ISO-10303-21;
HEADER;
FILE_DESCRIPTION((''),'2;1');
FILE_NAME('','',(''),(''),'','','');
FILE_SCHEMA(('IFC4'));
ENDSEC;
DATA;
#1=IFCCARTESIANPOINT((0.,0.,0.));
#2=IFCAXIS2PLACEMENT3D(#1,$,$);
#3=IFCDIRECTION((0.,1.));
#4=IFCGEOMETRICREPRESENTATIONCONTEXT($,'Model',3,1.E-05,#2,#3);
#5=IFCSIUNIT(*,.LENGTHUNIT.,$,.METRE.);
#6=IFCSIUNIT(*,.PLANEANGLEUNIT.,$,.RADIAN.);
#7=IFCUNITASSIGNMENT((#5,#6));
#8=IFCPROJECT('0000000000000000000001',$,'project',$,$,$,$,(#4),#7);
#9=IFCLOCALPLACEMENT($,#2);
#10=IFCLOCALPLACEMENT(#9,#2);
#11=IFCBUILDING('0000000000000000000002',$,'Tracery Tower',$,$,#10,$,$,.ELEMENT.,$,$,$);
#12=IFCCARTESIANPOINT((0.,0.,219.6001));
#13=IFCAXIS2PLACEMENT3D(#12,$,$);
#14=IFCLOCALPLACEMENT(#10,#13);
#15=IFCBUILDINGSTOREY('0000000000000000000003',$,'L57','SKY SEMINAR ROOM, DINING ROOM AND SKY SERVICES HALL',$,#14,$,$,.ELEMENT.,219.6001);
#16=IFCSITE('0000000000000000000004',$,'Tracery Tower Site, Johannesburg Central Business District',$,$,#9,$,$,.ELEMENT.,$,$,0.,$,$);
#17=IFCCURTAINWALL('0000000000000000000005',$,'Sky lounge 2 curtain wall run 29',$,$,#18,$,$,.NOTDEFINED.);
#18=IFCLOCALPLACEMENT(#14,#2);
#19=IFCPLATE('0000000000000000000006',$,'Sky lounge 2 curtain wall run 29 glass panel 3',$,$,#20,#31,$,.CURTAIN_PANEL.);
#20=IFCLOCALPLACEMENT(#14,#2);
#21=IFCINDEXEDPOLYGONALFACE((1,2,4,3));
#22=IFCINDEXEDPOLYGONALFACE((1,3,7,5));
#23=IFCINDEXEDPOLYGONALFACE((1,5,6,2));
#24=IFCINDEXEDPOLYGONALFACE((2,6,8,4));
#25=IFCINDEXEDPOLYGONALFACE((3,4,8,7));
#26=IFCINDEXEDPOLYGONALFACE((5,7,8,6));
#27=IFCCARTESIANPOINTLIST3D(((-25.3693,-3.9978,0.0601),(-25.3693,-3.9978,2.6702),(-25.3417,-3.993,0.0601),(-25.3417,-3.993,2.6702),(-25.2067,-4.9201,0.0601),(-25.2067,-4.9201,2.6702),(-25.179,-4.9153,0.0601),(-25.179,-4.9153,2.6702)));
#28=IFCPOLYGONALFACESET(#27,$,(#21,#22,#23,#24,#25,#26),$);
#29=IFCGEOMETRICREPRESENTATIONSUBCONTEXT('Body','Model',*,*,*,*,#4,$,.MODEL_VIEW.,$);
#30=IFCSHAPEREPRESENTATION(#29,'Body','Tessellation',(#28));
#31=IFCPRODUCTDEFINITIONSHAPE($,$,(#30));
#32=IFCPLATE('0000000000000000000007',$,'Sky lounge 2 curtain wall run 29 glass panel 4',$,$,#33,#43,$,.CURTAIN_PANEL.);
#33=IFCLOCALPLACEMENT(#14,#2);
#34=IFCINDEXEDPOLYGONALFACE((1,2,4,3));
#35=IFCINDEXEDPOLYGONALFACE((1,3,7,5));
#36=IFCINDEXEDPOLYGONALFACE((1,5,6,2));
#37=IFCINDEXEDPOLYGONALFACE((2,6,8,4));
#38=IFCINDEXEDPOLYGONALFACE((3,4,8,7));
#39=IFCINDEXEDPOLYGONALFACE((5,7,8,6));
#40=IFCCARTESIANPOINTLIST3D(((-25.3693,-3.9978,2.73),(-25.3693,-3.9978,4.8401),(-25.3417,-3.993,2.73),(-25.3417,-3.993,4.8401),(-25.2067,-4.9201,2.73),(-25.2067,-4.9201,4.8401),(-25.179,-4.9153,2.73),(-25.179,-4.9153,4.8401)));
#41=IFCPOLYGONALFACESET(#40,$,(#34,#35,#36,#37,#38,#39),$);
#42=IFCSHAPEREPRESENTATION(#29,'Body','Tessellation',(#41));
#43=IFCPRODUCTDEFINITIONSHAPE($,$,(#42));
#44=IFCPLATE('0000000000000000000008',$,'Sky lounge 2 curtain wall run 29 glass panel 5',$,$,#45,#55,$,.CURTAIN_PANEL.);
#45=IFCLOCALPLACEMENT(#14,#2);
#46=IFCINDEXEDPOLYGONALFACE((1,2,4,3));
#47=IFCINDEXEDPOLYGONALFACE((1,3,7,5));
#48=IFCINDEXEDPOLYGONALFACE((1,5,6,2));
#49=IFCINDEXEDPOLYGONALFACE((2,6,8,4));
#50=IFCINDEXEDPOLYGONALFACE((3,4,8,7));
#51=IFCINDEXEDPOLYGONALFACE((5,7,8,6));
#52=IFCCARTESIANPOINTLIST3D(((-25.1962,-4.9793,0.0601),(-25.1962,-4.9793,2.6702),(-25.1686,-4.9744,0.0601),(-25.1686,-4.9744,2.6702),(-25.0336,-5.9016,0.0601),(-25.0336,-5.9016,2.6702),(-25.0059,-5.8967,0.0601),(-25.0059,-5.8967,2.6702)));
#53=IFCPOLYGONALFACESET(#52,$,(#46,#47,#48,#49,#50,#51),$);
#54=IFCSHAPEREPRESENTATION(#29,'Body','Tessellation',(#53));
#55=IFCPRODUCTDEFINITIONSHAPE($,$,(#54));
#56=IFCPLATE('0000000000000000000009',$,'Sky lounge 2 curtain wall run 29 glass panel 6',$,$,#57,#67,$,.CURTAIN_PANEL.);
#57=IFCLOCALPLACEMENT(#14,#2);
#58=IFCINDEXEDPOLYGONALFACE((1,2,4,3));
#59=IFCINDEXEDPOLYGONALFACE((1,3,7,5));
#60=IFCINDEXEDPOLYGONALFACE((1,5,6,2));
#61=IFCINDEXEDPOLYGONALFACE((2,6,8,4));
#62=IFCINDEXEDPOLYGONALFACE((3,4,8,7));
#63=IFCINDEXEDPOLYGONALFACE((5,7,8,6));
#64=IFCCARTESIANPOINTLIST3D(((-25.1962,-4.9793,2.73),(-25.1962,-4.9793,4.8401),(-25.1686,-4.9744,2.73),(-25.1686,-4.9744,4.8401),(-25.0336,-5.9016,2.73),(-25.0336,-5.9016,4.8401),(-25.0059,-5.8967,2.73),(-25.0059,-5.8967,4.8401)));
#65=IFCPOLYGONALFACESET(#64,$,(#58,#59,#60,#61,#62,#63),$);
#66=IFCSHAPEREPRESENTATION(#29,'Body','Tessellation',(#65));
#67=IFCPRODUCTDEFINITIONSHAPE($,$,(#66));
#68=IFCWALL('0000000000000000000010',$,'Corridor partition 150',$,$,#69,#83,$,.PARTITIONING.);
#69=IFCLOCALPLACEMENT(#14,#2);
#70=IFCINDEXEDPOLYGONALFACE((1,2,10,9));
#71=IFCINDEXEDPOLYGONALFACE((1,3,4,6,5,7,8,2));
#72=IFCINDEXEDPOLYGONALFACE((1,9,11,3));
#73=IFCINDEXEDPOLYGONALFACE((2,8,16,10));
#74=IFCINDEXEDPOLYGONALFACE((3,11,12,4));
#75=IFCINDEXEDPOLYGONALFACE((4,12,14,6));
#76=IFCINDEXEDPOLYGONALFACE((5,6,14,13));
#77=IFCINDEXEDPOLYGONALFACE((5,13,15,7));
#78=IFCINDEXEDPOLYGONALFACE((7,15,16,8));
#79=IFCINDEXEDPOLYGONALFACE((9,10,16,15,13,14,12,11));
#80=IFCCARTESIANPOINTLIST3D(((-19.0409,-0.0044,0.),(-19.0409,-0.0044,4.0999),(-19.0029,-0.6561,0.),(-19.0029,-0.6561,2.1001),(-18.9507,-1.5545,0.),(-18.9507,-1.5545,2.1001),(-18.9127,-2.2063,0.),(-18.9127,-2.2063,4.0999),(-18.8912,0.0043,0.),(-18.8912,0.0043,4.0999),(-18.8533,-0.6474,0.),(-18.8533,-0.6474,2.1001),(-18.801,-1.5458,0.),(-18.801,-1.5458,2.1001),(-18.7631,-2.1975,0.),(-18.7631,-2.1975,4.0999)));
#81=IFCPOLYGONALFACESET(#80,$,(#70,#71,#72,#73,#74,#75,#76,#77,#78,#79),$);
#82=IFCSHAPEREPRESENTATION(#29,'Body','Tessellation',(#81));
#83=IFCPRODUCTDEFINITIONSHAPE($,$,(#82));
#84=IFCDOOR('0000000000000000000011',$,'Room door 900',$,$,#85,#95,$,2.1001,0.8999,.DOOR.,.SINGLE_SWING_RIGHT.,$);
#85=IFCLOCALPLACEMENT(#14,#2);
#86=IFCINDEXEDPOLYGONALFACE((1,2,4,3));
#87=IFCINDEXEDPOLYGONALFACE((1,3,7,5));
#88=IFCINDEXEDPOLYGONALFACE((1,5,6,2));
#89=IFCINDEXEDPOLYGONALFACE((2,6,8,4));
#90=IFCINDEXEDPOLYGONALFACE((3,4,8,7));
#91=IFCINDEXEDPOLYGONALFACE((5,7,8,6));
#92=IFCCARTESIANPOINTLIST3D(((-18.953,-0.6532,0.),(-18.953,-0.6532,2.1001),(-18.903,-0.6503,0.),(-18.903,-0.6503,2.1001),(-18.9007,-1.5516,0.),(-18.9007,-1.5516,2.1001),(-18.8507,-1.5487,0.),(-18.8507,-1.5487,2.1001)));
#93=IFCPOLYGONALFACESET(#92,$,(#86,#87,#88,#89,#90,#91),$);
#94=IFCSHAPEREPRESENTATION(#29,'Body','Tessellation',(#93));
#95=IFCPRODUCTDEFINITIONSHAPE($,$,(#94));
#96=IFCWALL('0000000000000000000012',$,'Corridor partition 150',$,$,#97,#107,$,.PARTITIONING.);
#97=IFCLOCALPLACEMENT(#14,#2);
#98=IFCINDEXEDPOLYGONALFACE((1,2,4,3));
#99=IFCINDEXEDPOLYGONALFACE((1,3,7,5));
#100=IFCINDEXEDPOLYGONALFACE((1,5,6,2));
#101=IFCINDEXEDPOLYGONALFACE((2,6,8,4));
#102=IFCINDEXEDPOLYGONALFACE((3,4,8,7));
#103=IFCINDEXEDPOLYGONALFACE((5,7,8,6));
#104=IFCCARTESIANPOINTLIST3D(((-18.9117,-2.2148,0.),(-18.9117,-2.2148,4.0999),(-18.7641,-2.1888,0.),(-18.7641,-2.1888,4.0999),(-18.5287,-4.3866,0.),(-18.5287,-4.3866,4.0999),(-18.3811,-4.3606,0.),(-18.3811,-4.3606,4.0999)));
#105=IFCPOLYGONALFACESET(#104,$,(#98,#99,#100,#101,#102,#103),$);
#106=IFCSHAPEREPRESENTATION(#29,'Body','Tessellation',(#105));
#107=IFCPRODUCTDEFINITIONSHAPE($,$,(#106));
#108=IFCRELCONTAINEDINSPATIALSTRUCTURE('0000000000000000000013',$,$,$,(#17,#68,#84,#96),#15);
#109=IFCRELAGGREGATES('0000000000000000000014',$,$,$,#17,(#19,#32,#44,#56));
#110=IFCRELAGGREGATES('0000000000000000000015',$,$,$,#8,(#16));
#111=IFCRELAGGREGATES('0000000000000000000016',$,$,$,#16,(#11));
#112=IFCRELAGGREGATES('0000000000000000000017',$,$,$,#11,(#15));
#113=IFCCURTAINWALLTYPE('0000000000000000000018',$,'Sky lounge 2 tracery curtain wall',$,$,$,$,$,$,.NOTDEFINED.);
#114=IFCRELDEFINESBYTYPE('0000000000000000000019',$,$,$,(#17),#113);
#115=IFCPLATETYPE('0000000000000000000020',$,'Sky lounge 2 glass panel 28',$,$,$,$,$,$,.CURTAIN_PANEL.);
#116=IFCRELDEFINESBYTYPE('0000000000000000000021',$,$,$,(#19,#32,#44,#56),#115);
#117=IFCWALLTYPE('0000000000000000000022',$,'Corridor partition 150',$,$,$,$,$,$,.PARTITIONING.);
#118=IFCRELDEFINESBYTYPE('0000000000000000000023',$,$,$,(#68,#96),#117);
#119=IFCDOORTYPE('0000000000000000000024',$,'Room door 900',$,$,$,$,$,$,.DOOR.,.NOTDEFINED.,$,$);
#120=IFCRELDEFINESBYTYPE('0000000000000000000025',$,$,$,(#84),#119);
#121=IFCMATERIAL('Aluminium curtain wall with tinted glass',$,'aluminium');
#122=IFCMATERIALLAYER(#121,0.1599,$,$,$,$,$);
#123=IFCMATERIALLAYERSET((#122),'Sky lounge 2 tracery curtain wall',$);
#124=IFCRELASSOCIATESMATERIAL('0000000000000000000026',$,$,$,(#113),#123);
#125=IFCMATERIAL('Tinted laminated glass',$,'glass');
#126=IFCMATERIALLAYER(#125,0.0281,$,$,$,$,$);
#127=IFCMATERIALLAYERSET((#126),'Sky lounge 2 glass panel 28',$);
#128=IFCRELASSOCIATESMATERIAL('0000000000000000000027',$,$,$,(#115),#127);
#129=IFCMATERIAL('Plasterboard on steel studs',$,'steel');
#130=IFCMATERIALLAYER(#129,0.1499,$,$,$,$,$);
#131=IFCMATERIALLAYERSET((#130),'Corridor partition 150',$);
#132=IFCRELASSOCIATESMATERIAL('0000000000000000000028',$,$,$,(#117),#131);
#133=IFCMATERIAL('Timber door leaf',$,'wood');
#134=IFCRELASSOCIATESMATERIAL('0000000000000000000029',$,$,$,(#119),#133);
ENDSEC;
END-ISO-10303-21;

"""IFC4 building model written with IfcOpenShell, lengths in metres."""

from ifc_helpers import new_model, si_unit, direction, frame, frame_2d, origin, origin_2d, place, context, subcontext, project, spatial, rectangle, extrude, material, layer, layer_set, type_object, element, fill, aggregate, save


model = new_model("IFC4")

# Units and contexts
model_context = context("Model", 3, precision=1e-05, world=origin(), true_north=direction((0.0, 1.0)))
body_context = subcontext(model_context, "Body", "Model", "MODEL_VIEW")
ifc_project = project(units=[si_unit("LENGTHUNIT", "METRE"), si_unit("PLANEANGLEUNIT", "RADIAN")], contexts=[model_context])

# Site, building, storey
site_placement = place(None, origin())
site = spatial("IfcSite", under=ifc_project, at=site_placement, Name="Tracery Tower Site, Johannesburg Central Business District", CompositionType="ELEMENT", RefElevation=0.0)
building_placement = place(site_placement, origin())
building = spatial("IfcBuilding", under=site, at=building_placement, Name="Tracery Tower", CompositionType="ELEMENT")
storey_placement = place(building_placement, frame((0.0, 0.0, 219.6001)))
storey = spatial("IfcBuildingStorey", under=building, at=storey_placement, Name="L57", Description="SKY SEMINAR ROOM, DINING ROOM AND SKY SERVICES HALL", CompositionType="ELEMENT", Elevation=219.6001)

# Curtain wall
ifc_material_1 = material(Name="Aluminium curtain wall with tinted glass", Category="aluminium")
ifc_layer_1 = layer(ifc_material_1, 0.1599)
ifc_layer_set_1 = layer_set([ifc_layer_1], Name="Sky lounge 2 tracery curtain wall")
curtain_wall_type = type_object("IfcCurtainWallType", Name="Sky lounge 2 tracery curtain wall", PredefinedType="NOTDEFINED", material=ifc_layer_set_1)
curtain_wall_1_placement = place(storey_placement, origin())
curtain_wall_1 = element("IfcCurtainWall", 1, at=curtain_wall_1_placement, inside=storey, type_object=curtain_wall_type, Name="Sky lounge 2 curtain wall run 29", PredefinedType="NOTDEFINED")

# Plates
ifc_material_2 = material(Name="Tinted laminated glass", Category="glass")
ifc_layer_2 = layer(ifc_material_2, 0.0281)
ifc_layer_set_2 = layer_set([ifc_layer_2], Name="Sky lounge 2 glass panel 28")
plate_type = type_object("IfcPlateType", Name="Sky lounge 2 glass panel 28", PredefinedType="CURTAIN_PANEL", material=ifc_layer_set_2)
plate_1_placement = place(storey_placement, frame((-25.2742, -4.4565, 0.0601), z_axis=(0.0, 0.0, 1.0), x_axis=(0.173648, -0.984808, 0.0)))
plate_1 = element("IfcPlate", 2, at=plate_1_placement, type_object=plate_type, Name="Sky lounge 2 curtain wall run 29 glass panel 3", PredefinedType="CURTAIN_PANEL", context=body_context, shape_type="SweptSolid", body=[
    extrude(rectangle(XDim=0.9365, YDim=0.0281, at=origin_2d()), origin(), (0.0, 0.0, 1.0), 2.6101),
])
plate_2_placement = place(storey_placement, frame((-25.2742, -4.4565, 2.73), z_axis=(0.0, 0.0, 1.0), x_axis=(0.173648, -0.984808, 0.0)))
plate_2 = element("IfcPlate", 3, at=plate_2_placement, type_object=plate_type, Name="Sky lounge 2 curtain wall run 29 glass panel 4", PredefinedType="CURTAIN_PANEL", context=body_context, shape_type="SweptSolid", body=[
    extrude(rectangle(XDim=0.9365, YDim=0.0281, at=origin_2d()), origin(), (0.0, 0.0, 1.0), 2.1101),
])
plate_3_placement = place(storey_placement, frame((-25.1011, -5.438, 0.0601), z_axis=(0.0, 0.0, 1.0), x_axis=(0.173648, -0.984808, 0.0)))
plate_3 = element("IfcPlate", 4, at=plate_3_placement, type_object=plate_type, Name="Sky lounge 2 curtain wall run 29 glass panel 5", PredefinedType="CURTAIN_PANEL", context=body_context, shape_type="SweptSolid", body=[
    extrude(rectangle(XDim=0.9365, YDim=0.0281, at=origin_2d()), origin(), (0.0, 0.0, 1.0), 2.6101),
])
plate_4_placement = place(storey_placement, frame((-25.1011, -5.438, 2.73), z_axis=(0.0, 0.0, 1.0), x_axis=(0.173648, -0.984808, 0.0)))
plate_4 = element("IfcPlate", 5, at=plate_4_placement, type_object=plate_type, Name="Sky lounge 2 curtain wall run 29 glass panel 6", PredefinedType="CURTAIN_PANEL", context=body_context, shape_type="SweptSolid", body=[
    extrude(rectangle(XDim=0.9365, YDim=0.0281, at=origin_2d()), origin(), (0.0, 0.0, 1.0), 2.1101),
])
aggregate(curtain_wall_1, [plate_1, plate_2, plate_3, plate_4])

# Wall, opening, door
ifc_material_3 = material(Name="Plasterboard on steel studs", Category="steel")
ifc_layer_3 = layer(ifc_material_3, 0.1499)
ifc_layer_set_3 = layer_set([ifc_layer_3], Name="Corridor partition 150")
wall_type = type_object("IfcWallType", Name="Corridor partition 150", PredefinedType="PARTITIONING", material=ifc_layer_set_3)
wall_1_placement = place(storey_placement, frame((-18.8379, -2.2019, 0.0), z_axis=(0.0, 0.0, 1.0), x_axis=(-0.058112, 0.99831, 0.0)))
wall_1 = element("IfcWall", 6, at=wall_1_placement, inside=storey, type_object=wall_type, Name="Corridor partition 150", PredefinedType="PARTITIONING", context=body_context, shape_type="SweptSolid", body=[
    extrude(rectangle(XDim=2.2056, YDim=0.1499, at=frame_2d((1.1028, 0.0))), origin(), (0.0, 0.0, 1.0), 4.0999),
])
opening_placement = place(wall_1_placement, frame((0.6528, 0.0, 0.0)))
opening = element("IfcOpeningElement", 7, at=opening_placement, cuts=wall_1, PredefinedType="OPENING", context=body_context, shape_type="SweptSolid", body=[
    extrude(rectangle(XDim=0.8999, YDim=2.1001, at=frame_2d((0.45, 1.05))), frame((0.0, 0.075, 0.0), z_axis=(0.0, -1.0, 0.0), x_axis=(1.0, 0.0, 0.0)), (0.0, 0.0, 1.0), 0.1499),
])
ifc_material_4 = material(Name="Timber door leaf", Category="wood")
door_type = type_object("IfcDoorType", Name="Room door 900", OperationType="NOTDEFINED", PredefinedType="DOOR", material=ifc_material_4)
door_placement = place(opening_placement, origin())
door = element("IfcDoor", 8, at=door_placement, inside=storey, type_object=door_type, Name="Room door 900", OperationType="SINGLE_SWING_RIGHT", OverallHeight=2.1001, OverallWidth=0.8999, PredefinedType="DOOR", context=body_context, shape_type="SweptSolid", body=[
    extrude(rectangle(XDim=0.8999, YDim=2.1001, at=frame_2d((0.45, 1.05))), frame((0.0, 0.0249, 0.0), z_axis=(0.0, -1.0, 0.0), x_axis=(1.0, 0.0, 0.0)), (0.0, 0.0, 1.0), 0.05),
])
fill(opening, door)

# Wall
wall_2_placement = place(storey_placement, frame((-18.8379, -2.2019, 0.0), z_axis=(0.0, 0.0, 1.0), x_axis=(0.173691, -0.9848, 0.0)))
element("IfcWall", 9, at=wall_2_placement, inside=storey, type_object=wall_type, Name="Corridor partition 150", PredefinedType="PARTITIONING", context=body_context, shape_type="SweptSolid", body=[
    extrude(rectangle(XDim=2.2053, YDim=0.1499, at=frame_2d((1.1025, 0.0))), origin(), (0.0, 0.0, 1.0), 4.0999),
])

save(model, "model.ifc")
